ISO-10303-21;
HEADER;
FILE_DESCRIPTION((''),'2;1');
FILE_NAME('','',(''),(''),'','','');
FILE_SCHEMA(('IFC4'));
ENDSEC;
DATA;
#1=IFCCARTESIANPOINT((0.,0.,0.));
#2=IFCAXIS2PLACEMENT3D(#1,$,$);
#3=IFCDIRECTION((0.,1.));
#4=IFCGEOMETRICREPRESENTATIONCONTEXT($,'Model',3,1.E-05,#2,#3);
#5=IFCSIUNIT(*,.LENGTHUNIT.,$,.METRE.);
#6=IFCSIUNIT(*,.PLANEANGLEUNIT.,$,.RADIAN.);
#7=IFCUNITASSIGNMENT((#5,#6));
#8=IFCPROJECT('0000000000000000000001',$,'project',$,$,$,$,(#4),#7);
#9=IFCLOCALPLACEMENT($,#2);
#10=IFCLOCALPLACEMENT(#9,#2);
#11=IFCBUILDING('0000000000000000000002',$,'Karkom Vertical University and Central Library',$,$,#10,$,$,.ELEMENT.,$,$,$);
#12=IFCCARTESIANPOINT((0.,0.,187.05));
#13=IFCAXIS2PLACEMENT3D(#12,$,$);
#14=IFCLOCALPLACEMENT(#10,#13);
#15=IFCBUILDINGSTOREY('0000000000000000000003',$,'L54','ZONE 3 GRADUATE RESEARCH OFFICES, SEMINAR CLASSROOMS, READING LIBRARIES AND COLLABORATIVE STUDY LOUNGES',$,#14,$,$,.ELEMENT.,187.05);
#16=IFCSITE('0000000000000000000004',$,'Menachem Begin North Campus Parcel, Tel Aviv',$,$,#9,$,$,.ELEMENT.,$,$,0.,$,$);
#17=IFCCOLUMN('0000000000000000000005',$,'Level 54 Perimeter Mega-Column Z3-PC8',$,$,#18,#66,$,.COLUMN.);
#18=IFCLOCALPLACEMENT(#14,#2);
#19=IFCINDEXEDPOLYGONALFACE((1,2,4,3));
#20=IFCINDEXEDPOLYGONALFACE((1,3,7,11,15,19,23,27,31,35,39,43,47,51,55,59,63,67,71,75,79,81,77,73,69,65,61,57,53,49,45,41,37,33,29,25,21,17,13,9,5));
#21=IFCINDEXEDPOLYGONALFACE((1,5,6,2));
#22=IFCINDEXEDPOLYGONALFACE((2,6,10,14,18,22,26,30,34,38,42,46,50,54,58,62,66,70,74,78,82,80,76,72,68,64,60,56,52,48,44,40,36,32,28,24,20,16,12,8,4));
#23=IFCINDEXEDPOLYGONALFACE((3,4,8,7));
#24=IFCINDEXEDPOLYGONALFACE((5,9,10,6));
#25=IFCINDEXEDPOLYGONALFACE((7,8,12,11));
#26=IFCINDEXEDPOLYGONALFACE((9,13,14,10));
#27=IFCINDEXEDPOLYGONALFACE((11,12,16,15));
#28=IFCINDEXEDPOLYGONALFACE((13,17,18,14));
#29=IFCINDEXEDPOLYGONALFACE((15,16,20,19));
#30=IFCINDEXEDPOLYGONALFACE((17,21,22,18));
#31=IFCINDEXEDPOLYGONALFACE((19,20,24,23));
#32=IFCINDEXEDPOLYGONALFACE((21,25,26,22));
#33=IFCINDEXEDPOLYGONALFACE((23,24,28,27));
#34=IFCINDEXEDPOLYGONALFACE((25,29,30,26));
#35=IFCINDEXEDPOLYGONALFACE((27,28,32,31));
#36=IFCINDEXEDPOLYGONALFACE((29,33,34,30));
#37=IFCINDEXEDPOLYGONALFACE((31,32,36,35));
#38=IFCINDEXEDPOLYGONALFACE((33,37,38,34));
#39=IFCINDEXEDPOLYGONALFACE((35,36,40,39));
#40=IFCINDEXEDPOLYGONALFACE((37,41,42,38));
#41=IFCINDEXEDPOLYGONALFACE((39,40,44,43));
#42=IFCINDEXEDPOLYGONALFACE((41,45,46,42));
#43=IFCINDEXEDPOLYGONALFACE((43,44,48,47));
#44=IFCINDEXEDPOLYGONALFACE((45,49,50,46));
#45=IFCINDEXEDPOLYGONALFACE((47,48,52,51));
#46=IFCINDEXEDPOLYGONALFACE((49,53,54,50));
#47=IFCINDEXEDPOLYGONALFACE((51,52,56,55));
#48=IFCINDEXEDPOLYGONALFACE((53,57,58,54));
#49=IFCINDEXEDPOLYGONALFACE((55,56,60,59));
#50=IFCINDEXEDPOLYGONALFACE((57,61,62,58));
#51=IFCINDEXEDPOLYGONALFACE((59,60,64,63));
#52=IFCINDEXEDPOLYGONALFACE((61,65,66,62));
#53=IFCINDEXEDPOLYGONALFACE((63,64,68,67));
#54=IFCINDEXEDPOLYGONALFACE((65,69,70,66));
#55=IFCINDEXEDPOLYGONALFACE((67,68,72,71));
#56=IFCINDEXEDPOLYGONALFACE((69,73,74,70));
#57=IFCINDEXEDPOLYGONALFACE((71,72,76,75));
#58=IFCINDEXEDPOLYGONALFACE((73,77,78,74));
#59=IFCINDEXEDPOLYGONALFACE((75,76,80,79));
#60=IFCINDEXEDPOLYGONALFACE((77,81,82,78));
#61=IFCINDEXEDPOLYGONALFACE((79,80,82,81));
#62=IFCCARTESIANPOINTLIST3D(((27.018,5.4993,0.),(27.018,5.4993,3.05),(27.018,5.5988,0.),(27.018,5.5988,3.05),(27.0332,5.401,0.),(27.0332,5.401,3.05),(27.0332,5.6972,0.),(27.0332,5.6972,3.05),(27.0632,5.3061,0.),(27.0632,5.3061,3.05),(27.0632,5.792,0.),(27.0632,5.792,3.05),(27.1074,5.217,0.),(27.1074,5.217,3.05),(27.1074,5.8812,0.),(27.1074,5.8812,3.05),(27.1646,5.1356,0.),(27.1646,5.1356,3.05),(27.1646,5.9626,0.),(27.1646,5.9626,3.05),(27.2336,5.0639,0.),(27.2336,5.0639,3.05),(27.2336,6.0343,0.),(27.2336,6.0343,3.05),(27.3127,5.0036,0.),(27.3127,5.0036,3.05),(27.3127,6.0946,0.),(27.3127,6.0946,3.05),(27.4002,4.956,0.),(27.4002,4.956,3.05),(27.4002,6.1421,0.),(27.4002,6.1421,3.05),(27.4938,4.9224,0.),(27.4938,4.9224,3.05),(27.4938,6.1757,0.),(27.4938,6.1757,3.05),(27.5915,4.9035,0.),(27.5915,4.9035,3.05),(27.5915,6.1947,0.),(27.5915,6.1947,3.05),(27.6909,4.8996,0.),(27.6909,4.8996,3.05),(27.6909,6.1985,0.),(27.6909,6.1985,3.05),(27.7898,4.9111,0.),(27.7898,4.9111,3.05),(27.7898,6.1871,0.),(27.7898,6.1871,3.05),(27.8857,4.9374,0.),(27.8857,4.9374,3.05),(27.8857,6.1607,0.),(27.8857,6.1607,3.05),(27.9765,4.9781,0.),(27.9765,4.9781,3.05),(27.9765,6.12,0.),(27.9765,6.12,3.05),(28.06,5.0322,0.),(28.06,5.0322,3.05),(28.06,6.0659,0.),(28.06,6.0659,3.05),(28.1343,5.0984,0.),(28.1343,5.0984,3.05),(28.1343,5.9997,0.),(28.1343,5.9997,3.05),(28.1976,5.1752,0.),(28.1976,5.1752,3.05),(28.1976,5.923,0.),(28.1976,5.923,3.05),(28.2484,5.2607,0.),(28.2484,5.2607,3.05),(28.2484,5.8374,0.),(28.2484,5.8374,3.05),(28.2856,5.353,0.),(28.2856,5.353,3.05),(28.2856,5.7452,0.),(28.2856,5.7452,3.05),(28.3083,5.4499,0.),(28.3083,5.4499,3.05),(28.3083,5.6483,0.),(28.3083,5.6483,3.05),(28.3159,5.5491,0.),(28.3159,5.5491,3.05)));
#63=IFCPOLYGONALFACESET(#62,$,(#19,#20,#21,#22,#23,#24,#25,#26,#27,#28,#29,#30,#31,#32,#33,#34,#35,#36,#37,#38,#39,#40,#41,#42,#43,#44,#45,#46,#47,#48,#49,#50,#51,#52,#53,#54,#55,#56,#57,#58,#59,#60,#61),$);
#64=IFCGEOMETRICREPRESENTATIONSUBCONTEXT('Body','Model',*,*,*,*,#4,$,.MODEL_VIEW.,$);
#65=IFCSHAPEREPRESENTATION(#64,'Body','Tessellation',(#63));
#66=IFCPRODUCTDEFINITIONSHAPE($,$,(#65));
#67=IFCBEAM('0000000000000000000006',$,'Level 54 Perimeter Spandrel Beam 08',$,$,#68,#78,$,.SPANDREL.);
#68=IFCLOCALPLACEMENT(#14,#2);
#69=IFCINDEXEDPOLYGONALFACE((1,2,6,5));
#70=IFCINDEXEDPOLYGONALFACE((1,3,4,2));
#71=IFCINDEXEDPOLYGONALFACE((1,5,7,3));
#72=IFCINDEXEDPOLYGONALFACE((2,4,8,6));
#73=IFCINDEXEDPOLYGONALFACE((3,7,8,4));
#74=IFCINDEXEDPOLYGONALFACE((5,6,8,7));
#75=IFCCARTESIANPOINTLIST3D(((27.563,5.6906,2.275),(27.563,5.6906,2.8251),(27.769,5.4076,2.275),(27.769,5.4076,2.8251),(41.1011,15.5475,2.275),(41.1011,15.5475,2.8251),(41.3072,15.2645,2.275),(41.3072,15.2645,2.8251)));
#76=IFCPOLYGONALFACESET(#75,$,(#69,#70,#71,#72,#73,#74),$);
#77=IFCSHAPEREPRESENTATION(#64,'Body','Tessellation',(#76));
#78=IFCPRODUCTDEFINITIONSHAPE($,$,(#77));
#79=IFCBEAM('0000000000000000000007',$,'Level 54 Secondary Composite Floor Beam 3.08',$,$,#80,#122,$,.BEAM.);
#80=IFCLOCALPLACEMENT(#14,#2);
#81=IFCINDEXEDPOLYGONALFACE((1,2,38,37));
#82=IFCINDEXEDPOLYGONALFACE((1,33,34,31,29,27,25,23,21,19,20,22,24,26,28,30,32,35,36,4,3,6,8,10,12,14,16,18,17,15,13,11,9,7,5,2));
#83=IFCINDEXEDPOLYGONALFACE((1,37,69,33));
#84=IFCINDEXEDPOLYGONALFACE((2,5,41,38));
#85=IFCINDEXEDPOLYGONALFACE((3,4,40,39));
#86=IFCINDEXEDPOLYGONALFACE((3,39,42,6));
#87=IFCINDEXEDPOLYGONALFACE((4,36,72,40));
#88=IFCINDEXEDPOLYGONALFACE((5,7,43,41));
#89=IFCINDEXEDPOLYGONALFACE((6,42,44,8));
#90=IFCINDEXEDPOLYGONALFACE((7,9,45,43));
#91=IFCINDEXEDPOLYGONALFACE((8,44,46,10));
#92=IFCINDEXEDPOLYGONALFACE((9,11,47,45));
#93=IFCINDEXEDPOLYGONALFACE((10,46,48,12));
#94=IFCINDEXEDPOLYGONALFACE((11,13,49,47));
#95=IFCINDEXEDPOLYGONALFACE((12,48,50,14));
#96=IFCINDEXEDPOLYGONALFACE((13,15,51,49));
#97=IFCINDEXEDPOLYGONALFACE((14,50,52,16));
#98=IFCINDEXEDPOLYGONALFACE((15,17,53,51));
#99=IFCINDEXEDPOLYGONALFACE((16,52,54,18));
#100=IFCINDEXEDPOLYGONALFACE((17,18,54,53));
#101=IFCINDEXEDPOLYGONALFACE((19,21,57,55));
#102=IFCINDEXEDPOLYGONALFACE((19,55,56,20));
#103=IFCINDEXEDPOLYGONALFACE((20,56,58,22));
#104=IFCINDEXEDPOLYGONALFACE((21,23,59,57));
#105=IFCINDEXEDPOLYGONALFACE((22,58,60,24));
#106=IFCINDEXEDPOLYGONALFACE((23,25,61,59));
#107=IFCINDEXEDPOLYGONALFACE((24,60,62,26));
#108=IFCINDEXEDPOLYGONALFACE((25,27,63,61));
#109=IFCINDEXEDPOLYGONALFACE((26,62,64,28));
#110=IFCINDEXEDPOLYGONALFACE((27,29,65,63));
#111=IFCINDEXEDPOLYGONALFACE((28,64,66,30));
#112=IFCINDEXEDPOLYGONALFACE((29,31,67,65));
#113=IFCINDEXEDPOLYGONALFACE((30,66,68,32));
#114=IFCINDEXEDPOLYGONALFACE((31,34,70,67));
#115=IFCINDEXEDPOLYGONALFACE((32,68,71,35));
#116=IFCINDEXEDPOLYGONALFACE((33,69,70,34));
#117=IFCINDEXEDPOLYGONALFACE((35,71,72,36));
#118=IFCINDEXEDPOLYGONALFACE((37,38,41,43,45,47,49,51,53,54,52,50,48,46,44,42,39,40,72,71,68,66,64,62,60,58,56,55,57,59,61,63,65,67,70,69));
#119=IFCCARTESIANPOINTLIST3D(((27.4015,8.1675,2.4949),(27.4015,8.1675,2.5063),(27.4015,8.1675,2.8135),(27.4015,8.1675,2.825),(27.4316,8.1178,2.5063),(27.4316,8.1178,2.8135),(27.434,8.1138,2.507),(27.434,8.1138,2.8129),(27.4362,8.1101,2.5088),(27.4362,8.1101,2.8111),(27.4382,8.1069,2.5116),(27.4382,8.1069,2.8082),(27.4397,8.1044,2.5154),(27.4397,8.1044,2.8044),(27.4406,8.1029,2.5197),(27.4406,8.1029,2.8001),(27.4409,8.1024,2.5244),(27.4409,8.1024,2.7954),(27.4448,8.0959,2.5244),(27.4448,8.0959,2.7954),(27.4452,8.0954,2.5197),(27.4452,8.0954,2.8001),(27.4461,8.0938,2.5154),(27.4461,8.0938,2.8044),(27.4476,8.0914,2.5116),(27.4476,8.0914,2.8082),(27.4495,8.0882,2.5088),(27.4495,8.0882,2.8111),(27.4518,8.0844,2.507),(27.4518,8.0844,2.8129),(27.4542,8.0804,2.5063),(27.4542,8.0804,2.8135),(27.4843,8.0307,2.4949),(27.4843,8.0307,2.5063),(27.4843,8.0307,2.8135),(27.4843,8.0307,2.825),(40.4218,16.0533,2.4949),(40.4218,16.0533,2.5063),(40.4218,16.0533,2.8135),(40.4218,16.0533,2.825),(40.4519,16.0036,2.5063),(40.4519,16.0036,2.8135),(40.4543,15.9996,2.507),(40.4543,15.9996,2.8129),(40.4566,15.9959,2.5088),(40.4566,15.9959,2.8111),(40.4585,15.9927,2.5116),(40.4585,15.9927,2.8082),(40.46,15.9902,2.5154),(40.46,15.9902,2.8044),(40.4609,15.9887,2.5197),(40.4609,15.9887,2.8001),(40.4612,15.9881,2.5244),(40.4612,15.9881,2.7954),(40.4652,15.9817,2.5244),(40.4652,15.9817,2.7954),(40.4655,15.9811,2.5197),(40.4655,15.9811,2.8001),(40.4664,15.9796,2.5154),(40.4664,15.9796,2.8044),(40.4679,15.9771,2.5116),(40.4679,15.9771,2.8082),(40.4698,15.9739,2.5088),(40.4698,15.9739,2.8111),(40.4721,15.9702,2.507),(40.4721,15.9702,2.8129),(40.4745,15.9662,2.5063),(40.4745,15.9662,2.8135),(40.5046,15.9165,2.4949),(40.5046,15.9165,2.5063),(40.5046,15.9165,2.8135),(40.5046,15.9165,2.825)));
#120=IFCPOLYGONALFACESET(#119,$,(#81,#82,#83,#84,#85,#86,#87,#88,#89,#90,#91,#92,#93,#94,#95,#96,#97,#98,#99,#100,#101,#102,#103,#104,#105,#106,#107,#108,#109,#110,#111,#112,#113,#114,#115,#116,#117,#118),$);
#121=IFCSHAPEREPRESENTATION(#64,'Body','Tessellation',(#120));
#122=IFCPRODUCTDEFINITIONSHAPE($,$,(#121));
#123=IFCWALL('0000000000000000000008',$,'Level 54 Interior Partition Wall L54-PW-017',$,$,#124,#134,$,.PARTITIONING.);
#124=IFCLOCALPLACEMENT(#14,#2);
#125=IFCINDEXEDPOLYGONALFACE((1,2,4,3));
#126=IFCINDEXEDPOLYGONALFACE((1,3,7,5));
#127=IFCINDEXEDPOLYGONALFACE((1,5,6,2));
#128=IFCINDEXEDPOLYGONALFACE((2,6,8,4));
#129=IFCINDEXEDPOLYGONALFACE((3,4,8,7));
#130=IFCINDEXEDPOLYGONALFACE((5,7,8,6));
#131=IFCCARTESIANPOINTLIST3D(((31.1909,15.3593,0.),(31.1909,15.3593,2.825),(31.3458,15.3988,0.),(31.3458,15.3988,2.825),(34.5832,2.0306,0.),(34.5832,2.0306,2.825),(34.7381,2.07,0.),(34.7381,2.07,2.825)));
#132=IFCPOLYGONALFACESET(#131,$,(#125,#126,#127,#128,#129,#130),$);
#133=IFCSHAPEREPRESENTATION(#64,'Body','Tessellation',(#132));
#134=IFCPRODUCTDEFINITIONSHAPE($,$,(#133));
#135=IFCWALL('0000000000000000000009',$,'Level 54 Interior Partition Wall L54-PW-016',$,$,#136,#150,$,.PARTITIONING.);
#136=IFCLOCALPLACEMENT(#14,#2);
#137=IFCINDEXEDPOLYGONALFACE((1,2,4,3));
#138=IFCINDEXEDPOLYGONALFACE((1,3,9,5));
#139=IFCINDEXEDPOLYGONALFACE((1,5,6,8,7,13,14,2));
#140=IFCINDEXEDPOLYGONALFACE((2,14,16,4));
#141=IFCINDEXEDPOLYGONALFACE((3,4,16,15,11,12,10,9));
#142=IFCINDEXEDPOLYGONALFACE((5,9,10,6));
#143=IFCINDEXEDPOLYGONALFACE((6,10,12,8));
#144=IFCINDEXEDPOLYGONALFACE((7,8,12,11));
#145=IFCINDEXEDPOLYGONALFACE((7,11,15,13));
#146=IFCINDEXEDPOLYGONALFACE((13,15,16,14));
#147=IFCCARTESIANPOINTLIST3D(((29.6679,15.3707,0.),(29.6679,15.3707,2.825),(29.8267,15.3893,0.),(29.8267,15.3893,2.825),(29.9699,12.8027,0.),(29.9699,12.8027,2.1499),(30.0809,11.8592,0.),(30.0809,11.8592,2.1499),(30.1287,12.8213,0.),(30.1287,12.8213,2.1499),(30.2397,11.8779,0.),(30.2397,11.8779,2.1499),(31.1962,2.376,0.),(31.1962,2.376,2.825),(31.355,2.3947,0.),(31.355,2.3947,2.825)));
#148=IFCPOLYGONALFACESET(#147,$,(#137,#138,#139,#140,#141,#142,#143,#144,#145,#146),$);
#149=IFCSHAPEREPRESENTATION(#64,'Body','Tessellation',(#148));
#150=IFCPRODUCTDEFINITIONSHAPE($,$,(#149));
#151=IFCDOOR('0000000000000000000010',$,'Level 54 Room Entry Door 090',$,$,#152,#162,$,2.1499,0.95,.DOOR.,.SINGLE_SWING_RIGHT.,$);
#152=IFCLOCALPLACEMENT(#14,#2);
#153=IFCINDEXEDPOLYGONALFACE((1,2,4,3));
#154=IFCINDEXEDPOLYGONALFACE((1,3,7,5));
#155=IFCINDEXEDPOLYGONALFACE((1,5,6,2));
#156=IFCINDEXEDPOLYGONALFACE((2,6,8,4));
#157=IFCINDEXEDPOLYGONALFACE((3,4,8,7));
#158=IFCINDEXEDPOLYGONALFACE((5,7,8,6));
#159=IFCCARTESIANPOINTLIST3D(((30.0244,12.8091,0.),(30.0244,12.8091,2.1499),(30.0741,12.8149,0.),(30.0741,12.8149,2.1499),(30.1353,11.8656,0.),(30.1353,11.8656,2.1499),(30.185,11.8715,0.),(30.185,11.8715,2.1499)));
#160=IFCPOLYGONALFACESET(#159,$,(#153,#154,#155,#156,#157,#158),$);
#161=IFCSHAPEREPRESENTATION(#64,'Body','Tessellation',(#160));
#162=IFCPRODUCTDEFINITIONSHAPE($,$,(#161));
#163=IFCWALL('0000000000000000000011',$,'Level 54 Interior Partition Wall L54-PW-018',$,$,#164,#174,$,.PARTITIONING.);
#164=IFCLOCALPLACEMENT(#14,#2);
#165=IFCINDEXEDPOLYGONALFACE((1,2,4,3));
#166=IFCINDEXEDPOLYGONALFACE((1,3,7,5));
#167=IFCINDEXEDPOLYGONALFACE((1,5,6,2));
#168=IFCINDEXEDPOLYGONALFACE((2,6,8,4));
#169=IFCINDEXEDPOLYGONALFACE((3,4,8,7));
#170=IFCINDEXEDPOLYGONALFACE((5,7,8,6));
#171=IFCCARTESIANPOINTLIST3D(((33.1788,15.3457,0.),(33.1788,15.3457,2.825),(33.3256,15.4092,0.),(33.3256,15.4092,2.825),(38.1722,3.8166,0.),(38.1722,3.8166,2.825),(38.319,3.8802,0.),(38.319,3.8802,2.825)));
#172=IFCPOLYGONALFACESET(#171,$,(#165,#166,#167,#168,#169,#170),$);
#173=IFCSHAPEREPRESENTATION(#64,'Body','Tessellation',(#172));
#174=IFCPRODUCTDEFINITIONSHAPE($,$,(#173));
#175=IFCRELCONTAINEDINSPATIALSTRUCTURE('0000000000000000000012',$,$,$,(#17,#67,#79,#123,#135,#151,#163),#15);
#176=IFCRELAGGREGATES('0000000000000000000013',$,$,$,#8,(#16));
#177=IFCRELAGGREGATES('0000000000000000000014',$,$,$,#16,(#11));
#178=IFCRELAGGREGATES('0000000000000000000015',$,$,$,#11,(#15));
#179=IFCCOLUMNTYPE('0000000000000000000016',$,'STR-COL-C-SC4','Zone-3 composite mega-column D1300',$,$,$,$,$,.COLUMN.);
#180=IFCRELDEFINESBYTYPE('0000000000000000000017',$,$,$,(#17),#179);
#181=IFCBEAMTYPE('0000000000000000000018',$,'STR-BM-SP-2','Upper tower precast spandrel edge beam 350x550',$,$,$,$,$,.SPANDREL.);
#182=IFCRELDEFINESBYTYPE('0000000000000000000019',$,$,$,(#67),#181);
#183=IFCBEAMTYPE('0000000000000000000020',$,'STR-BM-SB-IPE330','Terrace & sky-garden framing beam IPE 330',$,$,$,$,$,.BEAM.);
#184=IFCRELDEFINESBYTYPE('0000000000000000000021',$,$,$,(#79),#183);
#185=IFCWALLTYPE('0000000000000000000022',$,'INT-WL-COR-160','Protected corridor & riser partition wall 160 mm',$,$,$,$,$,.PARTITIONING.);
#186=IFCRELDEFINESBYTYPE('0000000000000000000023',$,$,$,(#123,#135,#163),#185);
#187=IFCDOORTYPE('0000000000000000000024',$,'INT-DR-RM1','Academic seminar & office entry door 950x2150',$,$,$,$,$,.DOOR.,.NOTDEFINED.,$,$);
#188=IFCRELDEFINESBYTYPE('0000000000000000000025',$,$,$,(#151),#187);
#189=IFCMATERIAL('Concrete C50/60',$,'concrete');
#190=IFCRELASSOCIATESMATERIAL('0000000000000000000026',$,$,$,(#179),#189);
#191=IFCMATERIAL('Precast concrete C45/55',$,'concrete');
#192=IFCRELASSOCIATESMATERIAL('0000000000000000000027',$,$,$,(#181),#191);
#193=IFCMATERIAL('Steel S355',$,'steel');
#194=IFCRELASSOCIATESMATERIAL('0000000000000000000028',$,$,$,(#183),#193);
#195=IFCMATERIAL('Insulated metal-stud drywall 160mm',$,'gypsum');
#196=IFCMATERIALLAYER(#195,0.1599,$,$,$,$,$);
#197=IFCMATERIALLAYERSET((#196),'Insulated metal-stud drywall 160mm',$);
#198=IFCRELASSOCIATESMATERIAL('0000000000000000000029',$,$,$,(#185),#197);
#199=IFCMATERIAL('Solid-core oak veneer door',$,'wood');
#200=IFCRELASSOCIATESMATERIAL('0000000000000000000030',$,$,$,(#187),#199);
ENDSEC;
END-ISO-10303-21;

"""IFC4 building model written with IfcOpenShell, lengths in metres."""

from ifc_helpers import new_model, si_unit, direction, frame, frame_2d, origin, origin_with_axes, origin_2d, place, context, subcontext, project, spatial, rectangle, circle, i_section, extrude, source, transform, mapped, material, layer, layer_set, material_profile, profile_set, type_object, element, fill, save


model = new_model("IFC4")

# Units and contexts
model_context = context("Model", 3, precision=1e-05, world=origin(), true_north=direction((0.0, 1.0)))
body_context = subcontext(model_context, "Body", "Model", "MODEL_VIEW")
ifc_project = project(units=[si_unit("LENGTHUNIT", "METRE"), si_unit("PLANEANGLEUNIT", "RADIAN")], contexts=[model_context])

# Site, building, storey
site_placement = place(None, origin())
site = spatial("IfcSite", under=ifc_project, at=site_placement, Name="Menachem Begin North Campus Parcel, Tel Aviv", CompositionType="ELEMENT", RefElevation=0.0)
building_placement = place(site_placement, origin())
building = spatial("IfcBuilding", under=site, at=building_placement, Name="Karkom Vertical University and Central Library", CompositionType="ELEMENT")
storey_placement = place(building_placement, frame((0.0, 0.0, 187.05)))
storey = spatial("IfcBuildingStorey", under=building, at=storey_placement, Name="L54", Description="ZONE 3 GRADUATE RESEARCH OFFICES, SEMINAR CLASSROOMS, READING LIBRARIES AND COLLABORATIVE STUDY LOUNGES", CompositionType="ELEMENT", Elevation=187.05)

# Column
ifc_material_1 = material(Name="Concrete C50/60", Category="concrete")
ifc_material_profile_1 = material_profile(ifc_material_1, circle(Radius=0.6499, at=origin_2d()), Name="CFT-D1300")
ifc_profile_set_1 = profile_set([ifc_material_profile_1], Name="Concrete C50/60")
column_type = type_object("IfcColumnType", Name="STR-COL-C-SC4", Description="Zone-3 composite mega-column D1300", PredefinedType="COLUMN", material=ifc_profile_set_1)
shared_shape_1 = source(origin_with_axes(), body_context, "Body", "SweptSolid", [
    extrude(circle(Radius=0.6499, at=origin_2d()), origin(), (0.0, 0.0, 1.0), 3.05),
])
column_placement = place(storey_placement, frame((27.666, 5.5491, 0.0), z_axis=(0.0, 0.0, 1.0), x_axis=(1.0, 0.0, 0.0)))
element("IfcColumn", 1, at=column_placement, inside=storey, type_object=column_type, Name="Level 54 Perimeter Mega-Column Z3-PC8", PredefinedType="COLUMN", context=body_context, shape_type="MappedRepresentation", body=[
    mapped(shared_shape_1, transform((0.0, 0.0, 0.0), scale=1.0)),
])

# Beams
ifc_material_2 = material(Name="Precast concrete C45/55", Category="concrete")
ifc_material_profile_2 = material_profile(ifc_material_2, rectangle(XDim=0.3501, YDim=0.55, at=origin_2d()), Name="SPB-350x550")
ifc_profile_set_2 = profile_set([ifc_material_profile_2], Name="Precast concrete C45/55")
beam_type_1 = type_object("IfcBeamType", Name="STR-BM-SP-2", Description="Upper tower precast spandrel edge beam 350x550", PredefinedType="SPANDREL", material=ifc_profile_set_2)
shared_shape_2 = source(origin_with_axes(), body_context, "Body", "SweptSolid", [
    extrude(rectangle(XDim=0.3501, YDim=0.55, at=origin_2d()), origin(), (0.0, 0.0, 1.0), 16.7463),
])
beam_1_placement = place(storey_placement, frame((27.666, 5.5491, 2.55), z_axis=(0.808422, 0.588603, 0.0), x_axis=(-0.588603, 0.808422, 0.0)))
element("IfcBeam", 2, at=beam_1_placement, inside=storey, type_object=beam_type_1, Name="Level 54 Perimeter Spandrel Beam 08", PredefinedType="SPANDREL", context=body_context, shape_type="MappedRepresentation", body=[
    mapped(shared_shape_2, transform((0.0, 0.0, 0.0), scale=1.0)),
])
ifc_material_3 = material(Name="Steel S355", Category="steel")
ifc_material_profile_3 = material_profile(ifc_material_3, i_section(OverallWidth=0.1599, OverallDepth=0.3301, WebThickness=0.0076, FlangeThickness=0.0115, FilletRadius=0.0181, at=origin_2d()), Name="IPE 330")
ifc_profile_set_3 = profile_set([ifc_material_profile_3], Name="Steel S355")
beam_type_2 = type_object("IfcBeamType", Name="STR-BM-SB-IPE330", Description="Terrace & sky-garden framing beam IPE 330", PredefinedType="BEAM", material=ifc_profile_set_3)
shared_shape_3 = source(origin_with_axes(), body_context, "Body", "SweptSolid", [
    extrude(i_section(OverallWidth=0.1599, OverallDepth=0.3301, WebThickness=0.0076, FlangeThickness=0.0115, FilletRadius=0.0181, at=origin_2d()), origin(), (0.0, 0.0, 1.0), 15.2222),
])
beam_2_placement = place(storey_placement, frame((27.4429, 8.0991, 2.6599), z_axis=(0.855353, 0.518046, 0.0), x_axis=(-0.518046, 0.855353, 0.0)))
element("IfcBeam", 3, at=beam_2_placement, inside=storey, type_object=beam_type_2, Name="Level 54 Secondary Composite Floor Beam 3.08", PredefinedType="BEAM", context=body_context, shape_type="MappedRepresentation", body=[
    mapped(shared_shape_3, transform((0.0, 0.0, 0.0), scale=1.0)),
])

# Wall
ifc_material_4 = material(Name="Insulated metal-stud drywall 160mm", Category="gypsum")
ifc_layer = layer(ifc_material_4, 0.1599)
ifc_layer_set = layer_set([ifc_layer], Name="Insulated metal-stud drywall 160mm")
wall_type = type_object("IfcWallType", Name="INT-WL-COR-160", Description="Protected corridor & riser partition wall 160 mm", PredefinedType="PARTITIONING", material=ifc_layer_set)
wall_1_placement = place(storey_placement, frame((31.2683, 15.3792, 0.0), z_axis=(0.0, 0.0, 1.0), x_axis=(0.246647, -0.969105, 0.0)))
element("IfcWall", 4, at=wall_1_placement, inside=storey, type_object=wall_type, Name="Level 54 Interior Partition Wall L54-PW-017", PredefinedType="PARTITIONING", context=body_context, shape_type="SweptSolid", body=[
    extrude(rectangle(XDim=13.7537, YDim=0.1599, at=frame_2d((6.877, 0.0))), origin(), (0.0, 0.0, 1.0), 2.825),
])

# Wall, opening, door
wall_2_placement = place(storey_placement, frame((29.7473, 15.3799, 0.0), z_axis=(0.0, 0.0, 1.0), x_axis=(0.116807, -0.993155, 0.0)))
wall_2 = element("IfcWall", 5, at=wall_2_placement, inside=storey, type_object=wall_type, Name="Level 54 Interior Partition Wall L54-PW-016", PredefinedType="PARTITIONING", context=body_context, shape_type="SweptSolid", body=[
    extrude(rectangle(XDim=13.0842, YDim=0.1599, at=frame_2d((6.542, 0.0))), origin(), (0.0, 0.0, 1.0), 2.825),
])
opening_1_placement = place(wall_2_placement, frame((2.5854, 0.0, 0.0)))
opening_1 = element("IfcOpeningElement", 6, at=opening_1_placement, cuts=wall_2, PredefinedType="OPENING", context=body_context, shape_type="SweptSolid", body=[
    extrude(rectangle(XDim=0.95, YDim=2.1499, at=frame_2d((0.4751, 1.075))), frame((0.0, 0.0898, 0.0), z_axis=(0.0, -1.0, 0.0), x_axis=(1.0, 0.0, 0.0)), (0.0, 0.0, 1.0), 0.1799),
])
ifc_material_5 = material(Name="Solid-core oak veneer door", Category="wood")
door_type = type_object("IfcDoorType", Name="INT-DR-RM1", Description="Academic seminar & office entry door 950x2150", OperationType="NOTDEFINED", PredefinedType="DOOR", material=ifc_material_5)
shared_shape_4 = source(origin_with_axes(), body_context, "Body", "SweptSolid", [
    extrude(rectangle(XDim=0.95, YDim=2.1499, at=frame_2d((0.4751, 1.075))), frame((0.0, 0.0249, 0.0), z_axis=(0.0, -1.0, 0.0), x_axis=(1.0, 0.0, 0.0)), (0.0, 0.0, 1.0), 0.05),
])
door_1_placement = place(opening_1_placement, origin())
door_1 = element("IfcDoor", 7, at=door_1_placement, inside=storey, type_object=door_type, Name="Level 54 Room Entry Door 090", OperationType="SINGLE_SWING_RIGHT", OverallHeight=2.1499, OverallWidth=0.95, PredefinedType="DOOR", context=body_context, shape_type="MappedRepresentation", body=[
    mapped(shared_shape_4, transform((0.0, 0.0, 0.0), scale=1.0)),
])
fill(opening_1, door_1)

# Wall
wall_3_placement = place(storey_placement, frame((33.2522, 15.3774, 0.0), z_axis=(0.0, 0.0, 1.0), x_axis=(0.397439, -0.917629, 0.0)))
element("IfcWall", 8, at=wall_3_placement, inside=storey, type_object=wall_type, Name="Level 54 Interior Partition Wall L54-PW-018", PredefinedType="PARTITIONING", context=body_context, shape_type="SweptSolid", body=[
    extrude(rectangle(XDim=12.564, YDim=0.1599, at=frame_2d((6.282, 0.0))), origin(), (0.0, 0.0, 1.0), 2.825),
])

save(model, "model.ifc")
